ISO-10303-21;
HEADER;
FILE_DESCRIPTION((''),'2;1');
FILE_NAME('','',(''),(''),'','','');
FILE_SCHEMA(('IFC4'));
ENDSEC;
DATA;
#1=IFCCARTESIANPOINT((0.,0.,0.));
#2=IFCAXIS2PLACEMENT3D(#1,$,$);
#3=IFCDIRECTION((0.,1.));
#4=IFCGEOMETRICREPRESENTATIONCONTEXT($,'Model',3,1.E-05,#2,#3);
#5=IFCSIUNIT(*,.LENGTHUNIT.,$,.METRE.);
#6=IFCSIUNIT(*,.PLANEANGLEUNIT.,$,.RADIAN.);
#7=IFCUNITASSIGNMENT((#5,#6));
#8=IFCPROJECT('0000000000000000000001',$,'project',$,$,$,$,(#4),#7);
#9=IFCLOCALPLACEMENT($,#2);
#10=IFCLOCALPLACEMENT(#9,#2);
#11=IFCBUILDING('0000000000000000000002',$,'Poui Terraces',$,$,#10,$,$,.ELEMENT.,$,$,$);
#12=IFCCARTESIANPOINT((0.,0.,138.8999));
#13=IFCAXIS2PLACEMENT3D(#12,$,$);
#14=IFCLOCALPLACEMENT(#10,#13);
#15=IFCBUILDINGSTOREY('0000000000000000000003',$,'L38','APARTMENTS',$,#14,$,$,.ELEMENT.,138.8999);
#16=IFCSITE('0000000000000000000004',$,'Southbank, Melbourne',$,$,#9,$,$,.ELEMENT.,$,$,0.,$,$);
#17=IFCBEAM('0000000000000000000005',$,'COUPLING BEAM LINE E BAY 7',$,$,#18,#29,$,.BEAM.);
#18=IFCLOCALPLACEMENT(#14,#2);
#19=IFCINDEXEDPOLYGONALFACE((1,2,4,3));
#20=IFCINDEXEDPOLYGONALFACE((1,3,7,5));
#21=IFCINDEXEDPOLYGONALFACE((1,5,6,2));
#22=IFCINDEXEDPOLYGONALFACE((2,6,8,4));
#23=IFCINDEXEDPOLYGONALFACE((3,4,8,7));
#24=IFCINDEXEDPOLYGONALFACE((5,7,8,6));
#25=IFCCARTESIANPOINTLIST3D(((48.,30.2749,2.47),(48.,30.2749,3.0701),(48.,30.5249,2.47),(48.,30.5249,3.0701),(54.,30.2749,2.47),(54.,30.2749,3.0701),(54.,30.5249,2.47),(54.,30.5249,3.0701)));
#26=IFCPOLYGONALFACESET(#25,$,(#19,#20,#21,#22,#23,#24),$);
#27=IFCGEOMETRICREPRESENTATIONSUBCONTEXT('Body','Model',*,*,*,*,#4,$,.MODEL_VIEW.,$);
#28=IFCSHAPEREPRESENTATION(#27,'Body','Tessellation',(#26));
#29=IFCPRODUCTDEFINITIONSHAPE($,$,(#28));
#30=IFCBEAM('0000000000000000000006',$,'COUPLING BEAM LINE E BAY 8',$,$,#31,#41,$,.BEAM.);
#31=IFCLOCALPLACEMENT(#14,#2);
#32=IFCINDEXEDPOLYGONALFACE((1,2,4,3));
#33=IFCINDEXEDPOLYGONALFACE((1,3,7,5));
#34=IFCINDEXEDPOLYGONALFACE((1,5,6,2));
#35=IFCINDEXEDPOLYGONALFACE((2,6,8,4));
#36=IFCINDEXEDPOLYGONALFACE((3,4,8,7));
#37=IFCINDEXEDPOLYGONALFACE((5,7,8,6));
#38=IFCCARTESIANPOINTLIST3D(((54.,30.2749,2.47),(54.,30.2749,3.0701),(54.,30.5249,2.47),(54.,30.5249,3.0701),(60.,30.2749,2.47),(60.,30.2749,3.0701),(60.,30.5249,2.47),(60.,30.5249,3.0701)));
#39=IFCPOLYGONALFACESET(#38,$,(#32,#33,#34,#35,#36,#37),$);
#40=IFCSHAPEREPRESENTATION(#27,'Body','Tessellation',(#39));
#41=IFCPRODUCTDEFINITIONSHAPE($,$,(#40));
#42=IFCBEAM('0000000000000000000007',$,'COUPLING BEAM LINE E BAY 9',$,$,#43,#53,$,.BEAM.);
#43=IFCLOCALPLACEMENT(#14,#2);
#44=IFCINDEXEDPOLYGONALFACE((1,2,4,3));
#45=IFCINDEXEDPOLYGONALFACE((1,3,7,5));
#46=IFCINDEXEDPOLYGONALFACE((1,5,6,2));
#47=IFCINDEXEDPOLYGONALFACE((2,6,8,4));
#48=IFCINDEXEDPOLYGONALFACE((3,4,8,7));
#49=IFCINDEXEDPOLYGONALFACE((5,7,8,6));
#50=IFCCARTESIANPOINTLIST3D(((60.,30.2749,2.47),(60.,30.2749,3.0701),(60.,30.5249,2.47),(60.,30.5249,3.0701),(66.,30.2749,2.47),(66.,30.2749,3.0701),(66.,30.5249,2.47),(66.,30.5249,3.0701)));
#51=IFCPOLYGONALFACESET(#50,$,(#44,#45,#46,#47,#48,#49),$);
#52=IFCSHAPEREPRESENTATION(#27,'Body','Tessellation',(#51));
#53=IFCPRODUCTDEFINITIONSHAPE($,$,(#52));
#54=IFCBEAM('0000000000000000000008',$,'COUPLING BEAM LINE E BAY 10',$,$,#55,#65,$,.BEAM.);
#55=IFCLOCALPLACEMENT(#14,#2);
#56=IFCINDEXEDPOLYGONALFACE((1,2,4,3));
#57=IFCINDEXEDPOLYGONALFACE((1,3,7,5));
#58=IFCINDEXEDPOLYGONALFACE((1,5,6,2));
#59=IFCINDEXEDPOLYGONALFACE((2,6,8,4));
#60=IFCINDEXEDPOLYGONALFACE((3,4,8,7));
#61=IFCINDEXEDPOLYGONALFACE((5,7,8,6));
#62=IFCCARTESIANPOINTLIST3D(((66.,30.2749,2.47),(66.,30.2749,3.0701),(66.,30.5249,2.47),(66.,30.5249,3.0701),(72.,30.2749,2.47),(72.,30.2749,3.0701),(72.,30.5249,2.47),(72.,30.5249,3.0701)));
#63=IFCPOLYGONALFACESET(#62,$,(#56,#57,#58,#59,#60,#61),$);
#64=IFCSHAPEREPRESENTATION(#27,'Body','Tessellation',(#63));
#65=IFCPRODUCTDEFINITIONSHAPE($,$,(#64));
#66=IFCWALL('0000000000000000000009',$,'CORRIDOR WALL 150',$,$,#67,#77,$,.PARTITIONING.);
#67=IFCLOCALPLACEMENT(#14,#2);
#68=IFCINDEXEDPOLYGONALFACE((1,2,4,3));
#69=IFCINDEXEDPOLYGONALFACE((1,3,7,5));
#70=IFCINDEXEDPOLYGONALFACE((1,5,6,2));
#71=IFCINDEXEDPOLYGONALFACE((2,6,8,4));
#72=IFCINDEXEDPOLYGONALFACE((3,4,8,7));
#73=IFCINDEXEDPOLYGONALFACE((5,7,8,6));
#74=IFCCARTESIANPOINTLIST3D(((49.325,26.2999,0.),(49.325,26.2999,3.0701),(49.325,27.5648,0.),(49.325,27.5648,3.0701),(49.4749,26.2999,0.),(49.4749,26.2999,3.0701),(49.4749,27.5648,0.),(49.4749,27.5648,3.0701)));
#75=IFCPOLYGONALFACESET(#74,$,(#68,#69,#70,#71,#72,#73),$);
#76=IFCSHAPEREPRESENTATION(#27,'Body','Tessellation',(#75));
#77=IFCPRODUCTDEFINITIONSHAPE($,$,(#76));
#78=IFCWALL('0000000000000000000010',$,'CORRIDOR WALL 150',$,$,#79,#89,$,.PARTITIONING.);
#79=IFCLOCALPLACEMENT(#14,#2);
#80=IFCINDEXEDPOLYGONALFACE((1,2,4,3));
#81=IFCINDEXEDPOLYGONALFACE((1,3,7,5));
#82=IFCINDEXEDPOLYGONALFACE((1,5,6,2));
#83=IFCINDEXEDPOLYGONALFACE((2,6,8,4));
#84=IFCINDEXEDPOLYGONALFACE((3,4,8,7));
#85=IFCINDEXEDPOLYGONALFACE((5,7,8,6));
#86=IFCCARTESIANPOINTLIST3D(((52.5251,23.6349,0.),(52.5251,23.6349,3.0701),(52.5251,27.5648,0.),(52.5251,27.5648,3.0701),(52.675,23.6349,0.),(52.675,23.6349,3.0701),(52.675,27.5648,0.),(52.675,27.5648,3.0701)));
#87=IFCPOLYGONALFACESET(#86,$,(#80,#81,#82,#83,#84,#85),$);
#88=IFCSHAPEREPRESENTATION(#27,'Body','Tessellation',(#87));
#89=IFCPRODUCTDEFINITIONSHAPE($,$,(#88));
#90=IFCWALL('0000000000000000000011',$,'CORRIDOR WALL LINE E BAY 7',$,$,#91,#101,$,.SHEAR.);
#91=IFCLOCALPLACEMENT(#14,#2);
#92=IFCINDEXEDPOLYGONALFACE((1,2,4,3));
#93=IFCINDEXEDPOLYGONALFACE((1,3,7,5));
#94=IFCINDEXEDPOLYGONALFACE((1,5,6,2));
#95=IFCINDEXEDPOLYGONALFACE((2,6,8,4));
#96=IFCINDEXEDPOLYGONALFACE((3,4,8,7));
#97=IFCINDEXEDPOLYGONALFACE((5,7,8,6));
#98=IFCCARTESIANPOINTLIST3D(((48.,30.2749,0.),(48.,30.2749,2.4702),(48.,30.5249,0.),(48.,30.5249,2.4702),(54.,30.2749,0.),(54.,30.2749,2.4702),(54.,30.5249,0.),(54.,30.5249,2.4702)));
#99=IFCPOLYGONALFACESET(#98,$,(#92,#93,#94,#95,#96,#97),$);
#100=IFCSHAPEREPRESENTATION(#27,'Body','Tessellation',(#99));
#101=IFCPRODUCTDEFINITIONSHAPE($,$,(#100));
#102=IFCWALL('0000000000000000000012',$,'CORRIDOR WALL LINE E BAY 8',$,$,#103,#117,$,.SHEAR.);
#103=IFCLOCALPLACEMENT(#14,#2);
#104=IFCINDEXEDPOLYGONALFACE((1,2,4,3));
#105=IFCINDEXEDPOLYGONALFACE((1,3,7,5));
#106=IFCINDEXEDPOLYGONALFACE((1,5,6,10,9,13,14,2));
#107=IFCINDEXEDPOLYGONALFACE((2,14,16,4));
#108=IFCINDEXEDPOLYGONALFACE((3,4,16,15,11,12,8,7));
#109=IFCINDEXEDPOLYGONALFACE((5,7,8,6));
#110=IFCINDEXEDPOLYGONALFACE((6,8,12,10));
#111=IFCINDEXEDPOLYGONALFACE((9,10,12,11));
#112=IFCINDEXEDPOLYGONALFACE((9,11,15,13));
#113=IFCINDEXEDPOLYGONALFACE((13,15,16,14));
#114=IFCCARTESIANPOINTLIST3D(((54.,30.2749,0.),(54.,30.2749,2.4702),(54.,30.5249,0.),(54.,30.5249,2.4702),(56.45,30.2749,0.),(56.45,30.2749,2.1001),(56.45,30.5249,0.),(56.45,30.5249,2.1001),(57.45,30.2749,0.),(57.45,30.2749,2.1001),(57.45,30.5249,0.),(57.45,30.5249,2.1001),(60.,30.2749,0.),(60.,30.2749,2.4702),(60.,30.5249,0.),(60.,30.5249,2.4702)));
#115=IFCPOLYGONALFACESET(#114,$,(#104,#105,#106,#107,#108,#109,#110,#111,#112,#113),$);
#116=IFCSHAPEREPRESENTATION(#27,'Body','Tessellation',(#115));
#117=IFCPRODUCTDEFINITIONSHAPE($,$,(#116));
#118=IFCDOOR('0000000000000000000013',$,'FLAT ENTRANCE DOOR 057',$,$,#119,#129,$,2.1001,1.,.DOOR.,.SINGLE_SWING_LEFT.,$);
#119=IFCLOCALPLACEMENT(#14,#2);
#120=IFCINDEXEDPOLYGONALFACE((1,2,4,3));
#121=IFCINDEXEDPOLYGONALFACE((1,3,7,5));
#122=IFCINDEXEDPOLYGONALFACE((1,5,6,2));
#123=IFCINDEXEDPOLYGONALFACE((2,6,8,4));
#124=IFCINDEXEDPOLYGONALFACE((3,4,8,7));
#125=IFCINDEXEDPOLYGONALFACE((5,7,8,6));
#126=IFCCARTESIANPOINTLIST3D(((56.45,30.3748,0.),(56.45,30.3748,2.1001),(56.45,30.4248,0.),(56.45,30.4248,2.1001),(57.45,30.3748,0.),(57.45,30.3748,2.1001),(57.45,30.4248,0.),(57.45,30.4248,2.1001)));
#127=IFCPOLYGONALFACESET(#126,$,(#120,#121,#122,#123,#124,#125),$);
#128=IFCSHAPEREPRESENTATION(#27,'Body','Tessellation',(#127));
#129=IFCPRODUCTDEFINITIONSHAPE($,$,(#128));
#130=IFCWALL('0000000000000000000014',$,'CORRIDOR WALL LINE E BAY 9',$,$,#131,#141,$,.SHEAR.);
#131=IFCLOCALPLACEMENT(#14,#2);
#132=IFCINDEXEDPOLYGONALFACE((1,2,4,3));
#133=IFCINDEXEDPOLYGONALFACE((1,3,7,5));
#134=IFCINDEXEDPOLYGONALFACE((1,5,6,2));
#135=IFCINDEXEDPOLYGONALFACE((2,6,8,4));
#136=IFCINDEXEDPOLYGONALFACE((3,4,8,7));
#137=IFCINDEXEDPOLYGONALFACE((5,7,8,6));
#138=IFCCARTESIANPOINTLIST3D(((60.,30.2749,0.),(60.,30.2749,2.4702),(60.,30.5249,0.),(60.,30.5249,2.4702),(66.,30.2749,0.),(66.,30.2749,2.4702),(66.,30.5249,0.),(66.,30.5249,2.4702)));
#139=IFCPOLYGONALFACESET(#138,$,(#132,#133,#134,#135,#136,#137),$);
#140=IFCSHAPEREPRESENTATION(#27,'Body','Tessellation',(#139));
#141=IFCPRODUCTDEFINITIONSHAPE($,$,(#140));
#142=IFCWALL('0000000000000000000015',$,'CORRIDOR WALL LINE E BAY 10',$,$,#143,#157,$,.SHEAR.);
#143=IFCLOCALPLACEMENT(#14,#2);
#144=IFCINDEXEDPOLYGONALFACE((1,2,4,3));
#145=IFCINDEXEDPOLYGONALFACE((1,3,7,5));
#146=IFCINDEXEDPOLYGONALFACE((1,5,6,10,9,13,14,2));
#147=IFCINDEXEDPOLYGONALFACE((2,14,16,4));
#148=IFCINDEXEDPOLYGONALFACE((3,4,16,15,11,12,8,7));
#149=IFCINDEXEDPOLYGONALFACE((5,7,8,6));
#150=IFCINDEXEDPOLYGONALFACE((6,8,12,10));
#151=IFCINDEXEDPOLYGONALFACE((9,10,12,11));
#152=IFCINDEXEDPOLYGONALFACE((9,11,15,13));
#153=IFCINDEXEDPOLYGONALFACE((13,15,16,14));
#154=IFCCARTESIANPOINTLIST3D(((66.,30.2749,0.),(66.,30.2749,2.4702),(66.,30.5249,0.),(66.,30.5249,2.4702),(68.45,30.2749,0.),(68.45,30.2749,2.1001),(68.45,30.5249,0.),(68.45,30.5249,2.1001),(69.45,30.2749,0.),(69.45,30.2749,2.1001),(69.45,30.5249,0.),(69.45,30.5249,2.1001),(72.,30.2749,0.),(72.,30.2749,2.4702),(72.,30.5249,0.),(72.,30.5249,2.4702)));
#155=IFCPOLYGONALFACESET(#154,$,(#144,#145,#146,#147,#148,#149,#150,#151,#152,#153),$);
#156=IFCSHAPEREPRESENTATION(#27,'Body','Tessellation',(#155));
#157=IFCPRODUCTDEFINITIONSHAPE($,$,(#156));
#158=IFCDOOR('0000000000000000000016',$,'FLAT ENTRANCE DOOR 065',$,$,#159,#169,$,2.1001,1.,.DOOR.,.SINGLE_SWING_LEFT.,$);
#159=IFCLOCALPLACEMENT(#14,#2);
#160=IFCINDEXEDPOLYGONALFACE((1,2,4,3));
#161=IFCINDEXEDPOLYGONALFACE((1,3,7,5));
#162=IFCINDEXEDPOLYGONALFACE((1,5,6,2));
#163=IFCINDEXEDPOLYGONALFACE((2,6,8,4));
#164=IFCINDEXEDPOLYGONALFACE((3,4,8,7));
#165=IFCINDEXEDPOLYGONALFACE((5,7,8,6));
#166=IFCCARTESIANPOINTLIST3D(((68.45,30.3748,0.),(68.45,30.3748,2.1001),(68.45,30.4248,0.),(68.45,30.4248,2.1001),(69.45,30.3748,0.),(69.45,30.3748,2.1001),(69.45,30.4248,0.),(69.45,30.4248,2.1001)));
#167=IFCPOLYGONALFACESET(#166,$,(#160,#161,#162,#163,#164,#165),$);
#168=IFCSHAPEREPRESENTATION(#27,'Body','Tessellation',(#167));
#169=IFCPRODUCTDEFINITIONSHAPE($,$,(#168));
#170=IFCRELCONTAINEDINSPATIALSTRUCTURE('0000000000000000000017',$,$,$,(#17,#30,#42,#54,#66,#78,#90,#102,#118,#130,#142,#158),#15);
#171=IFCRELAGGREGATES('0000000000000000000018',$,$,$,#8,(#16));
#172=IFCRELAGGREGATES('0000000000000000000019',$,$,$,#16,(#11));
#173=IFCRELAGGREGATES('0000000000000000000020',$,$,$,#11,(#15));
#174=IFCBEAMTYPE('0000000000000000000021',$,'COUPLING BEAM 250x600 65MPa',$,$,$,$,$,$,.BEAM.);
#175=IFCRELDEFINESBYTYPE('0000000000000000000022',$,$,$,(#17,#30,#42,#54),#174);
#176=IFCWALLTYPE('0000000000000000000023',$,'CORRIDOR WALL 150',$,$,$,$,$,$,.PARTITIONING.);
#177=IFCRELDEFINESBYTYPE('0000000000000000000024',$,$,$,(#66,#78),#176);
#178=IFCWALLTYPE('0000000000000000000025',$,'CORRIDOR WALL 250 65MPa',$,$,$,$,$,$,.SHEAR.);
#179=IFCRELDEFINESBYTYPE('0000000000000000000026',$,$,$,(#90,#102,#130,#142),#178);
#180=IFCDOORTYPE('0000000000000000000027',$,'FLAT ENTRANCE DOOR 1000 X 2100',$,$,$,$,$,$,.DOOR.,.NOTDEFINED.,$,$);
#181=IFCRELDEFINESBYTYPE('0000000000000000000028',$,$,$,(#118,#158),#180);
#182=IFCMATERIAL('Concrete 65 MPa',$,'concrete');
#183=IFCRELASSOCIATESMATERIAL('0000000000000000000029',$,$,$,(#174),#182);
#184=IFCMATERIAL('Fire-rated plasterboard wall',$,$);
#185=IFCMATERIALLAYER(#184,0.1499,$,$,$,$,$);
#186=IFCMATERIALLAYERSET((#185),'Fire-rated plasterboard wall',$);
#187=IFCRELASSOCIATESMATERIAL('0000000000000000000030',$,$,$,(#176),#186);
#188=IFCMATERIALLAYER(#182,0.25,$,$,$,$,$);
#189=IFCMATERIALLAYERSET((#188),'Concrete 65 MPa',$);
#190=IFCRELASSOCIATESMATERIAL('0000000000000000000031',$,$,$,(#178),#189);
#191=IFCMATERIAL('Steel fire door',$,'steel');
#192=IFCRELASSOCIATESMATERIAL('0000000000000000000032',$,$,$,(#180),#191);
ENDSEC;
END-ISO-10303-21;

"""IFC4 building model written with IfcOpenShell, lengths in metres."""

from ifc_helpers import new_model, si_unit, direction, frame, frame_2d, origin, origin_2d, place, context, subcontext, project, spatial, rectangle, extrude, source, transform, mapped, material, layer, layer_set, material_profile, profile_set, type_object, element, fill, save


model = new_model("IFC4")

# Units and contexts
model_context = context("Model", 3, precision=1e-05, world=origin(), true_north=direction((0.0, 1.0)))
body_context = subcontext(model_context, "Body", "Model", "MODEL_VIEW")
ifc_project = project(units=[si_unit("LENGTHUNIT", "METRE"), si_unit("PLANEANGLEUNIT", "RADIAN")], contexts=[model_context])

# Site, building, storey
site_placement = place(None, origin())
site = spatial("IfcSite", under=ifc_project, at=site_placement, Name="Southbank, Melbourne", CompositionType="ELEMENT", RefElevation=0.0)
building_placement = place(site_placement, origin())
building = spatial("IfcBuilding", under=site, at=building_placement, Name="Poui Terraces", CompositionType="ELEMENT")
storey_placement = place(building_placement, frame((0.0, 0.0, 138.8999)))
storey = spatial("IfcBuildingStorey", under=building, at=storey_placement, Name="L38", Description="APARTMENTS", CompositionType="ELEMENT", Elevation=138.8999)

# Beams
ifc_material_1 = material(Name="Concrete 65 MPa", Category="concrete")
ifc_material_profile = material_profile(ifc_material_1, rectangle(XDim=0.25, YDim=0.6001, at=origin_2d()), Name="RC 250x600")
ifc_profile_set = profile_set([ifc_material_profile], Name="Concrete 65 MPa")
beam_type = type_object("IfcBeamType", Name="COUPLING BEAM 250x600 65MPa", PredefinedType="BEAM", material=ifc_profile_set)
shared_shape = source(origin(), body_context, "Body", "SweptSolid", [
    extrude(rectangle(XDim=0.25, YDim=0.6001, at=origin_2d()), origin(), (0.0, 0.0, 1.0), 6.0),
])
for number, where, z_axis, x_axis, name in (
    (1, (48.0, 30.3999, 2.77), (1.0, 0.0, 0.0), (0.0, 1.0, 0.0), "COUPLING BEAM LINE E BAY 7"),
    (2, (54.0, 30.3999, 2.77), (1.0, 0.0, 0.0), (0.0, 1.0, 0.0), "COUPLING BEAM LINE E BAY 8"),
    (3, (60.0, 30.3999, 2.77), (1.0, 0.0, 0.0), (0.0, 1.0, 0.0), "COUPLING BEAM LINE E BAY 9"),
    (4, (66.0, 30.3999, 2.77), (1.0, 0.0, 0.0), (0.0, 1.0, 0.0), "COUPLING BEAM LINE E BAY 10"),
):
    element("IfcBeam", number, at=place(storey_placement, frame(where, z_axis=z_axis, x_axis=x_axis)), inside=storey, type_object=beam_type, Name=name, PredefinedType="BEAM", context=body_context, shape_type="MappedRepresentation", body=[
        mapped(shared_shape, transform((0.0, 0.0, 0.0))),
    ])

# Walls
ifc_material_2 = material(Name="Fire-rated plasterboard wall")
ifc_layer_1 = layer(ifc_material_2, 0.1499)
ifc_layer_set_1 = layer_set([ifc_layer_1], Name="Fire-rated plasterboard wall")
wall_type_1 = type_object("IfcWallType", Name="CORRIDOR WALL 150", PredefinedType="PARTITIONING", material=ifc_layer_set_1)
wall_1_placement = place(storey_placement, frame((49.3999, 26.3, 0.0), z_axis=(0.0, 0.0, 1.0), x_axis=(0.0, 1.0, 0.0)))
element("IfcWall", 5, at=wall_1_placement, inside=storey, type_object=wall_type_1, Name="CORRIDOR WALL 150", PredefinedType="PARTITIONING", context=body_context, shape_type="SweptSolid", body=[
    extrude(rectangle(XDim=1.2649, YDim=0.1499, at=frame_2d((0.6323, 0.0))), origin(), (0.0, 0.0, 1.0), 3.0701),
])
wall_2_placement = place(storey_placement, frame((52.6001, 23.635, 0.0), z_axis=(0.0, 0.0, 1.0), x_axis=(0.0, 1.0, 0.0)))
element("IfcWall", 6, at=wall_2_placement, inside=storey, type_object=wall_type_1, Name="CORRIDOR WALL 150", PredefinedType="PARTITIONING", context=body_context, shape_type="SweptSolid", body=[
    extrude(rectangle(XDim=3.9299, YDim=0.1499, at=frame_2d((1.9648, 0.0))), origin(), (0.0, 0.0, 1.0), 3.0701),
])
ifc_layer_2 = layer(ifc_material_1, 0.25)
ifc_layer_set_2 = layer_set([ifc_layer_2], Name="Concrete 65 MPa")
wall_type_2 = type_object("IfcWallType", Name="CORRIDOR WALL 250 65MPa", PredefinedType="SHEAR", material=ifc_layer_set_2)
wall_3_placement = place(storey_placement, frame((48.0, 30.3999, 0.0), z_axis=(0.0, 0.0, 1.0), x_axis=(1.0, 0.0, 0.0)))
element("IfcWall", 7, at=wall_3_placement, inside=storey, type_object=wall_type_2, Name="CORRIDOR WALL LINE E BAY 7", PredefinedType="SHEAR", context=body_context, shape_type="SweptSolid", body=[
    extrude(rectangle(XDim=6.0, YDim=0.25, at=frame_2d((3.0, 0.0))), origin(), (0.0, 0.0, 1.0), 2.4702),
])

# Wall, opening, door
wall_4_placement = place(storey_placement, frame((54.0, 30.3999, 0.0), z_axis=(0.0, 0.0, 1.0), x_axis=(1.0, 0.0, 0.0)))
wall_4 = element("IfcWall", 8, at=wall_4_placement, inside=storey, type_object=wall_type_2, Name="CORRIDOR WALL LINE E BAY 8", PredefinedType="SHEAR", context=body_context, shape_type="SweptSolid", body=[
    extrude(rectangle(XDim=6.0, YDim=0.25, at=frame_2d((3.0, 0.0))), origin(), (0.0, 0.0, 1.0), 2.4702),
])
opening_1_placement = place(wall_4_placement, frame((2.45, 0.0, 0.0)))
opening_1 = element("IfcOpeningElement", 9, at=opening_1_placement, cuts=wall_4, PredefinedType="OPENING", context=body_context, shape_type="SweptSolid", body=[
    extrude(rectangle(XDim=1.0, YDim=2.1001, at=frame_2d((0.5, 1.05))), frame((0.0, 0.135, 0.0), z_axis=(0.0, -1.0, 0.0), x_axis=(1.0, 0.0, 0.0)), (0.0, 0.0, 1.0), 0.27),
])
ifc_material_3 = material(Name="Steel fire door", Category="steel")
door_type_1 = type_object("IfcDoorType", Name="FLAT ENTRANCE DOOR 1000 X 2100", OperationType="NOTDEFINED", PredefinedType="DOOR", material=ifc_material_3)
door_1_placement = place(opening_1_placement, origin())
door_1 = element("IfcDoor", 10, at=door_1_placement, inside=storey, type_object=door_type_1, Name="FLAT ENTRANCE DOOR 057", OperationType="SINGLE_SWING_LEFT", OverallHeight=2.1001, OverallWidth=1.0, PredefinedType="DOOR", context=body_context, shape_type="SweptSolid", body=[
    extrude(rectangle(XDim=1.0, YDim=2.1001, at=frame_2d((0.5, 1.05))), frame((0.0, 0.0249, 0.0), z_axis=(0.0, -1.0, 0.0), x_axis=(1.0, 0.0, 0.0)), (0.0, 0.0, 1.0), 0.05),
])
fill(opening_1, door_1)

# Wall
wall_5_placement = place(storey_placement, frame((60.0, 30.3999, 0.0), z_axis=(0.0, 0.0, 1.0), x_axis=(1.0, 0.0, 0.0)))
element("IfcWall", 11, at=wall_5_placement, inside=storey, type_object=wall_type_2, Name="CORRIDOR WALL LINE E BAY 9", PredefinedType="SHEAR", context=body_context, shape_type="SweptSolid", body=[
    extrude(rectangle(XDim=6.0, YDim=0.25, at=frame_2d((3.0, 0.0))), origin(), (0.0, 0.0, 1.0), 2.4702),
])

# Wall, opening, door
wall_6_placement = place(storey_placement, frame((66.0, 30.3999, 0.0), z_axis=(0.0, 0.0, 1.0), x_axis=(1.0, 0.0, 0.0)))
wall_6 = element("IfcWall", 12, at=wall_6_placement, inside=storey, type_object=wall_type_2, Name="CORRIDOR WALL LINE E BAY 10", PredefinedType="SHEAR", context=body_context, shape_type="SweptSolid", body=[
    extrude(rectangle(XDim=6.0, YDim=0.25, at=frame_2d((3.0, 0.0))), origin(), (0.0, 0.0, 1.0), 2.4702),
])
opening_2_placement = place(wall_6_placement, frame((2.45, 0.0, 0.0)))
opening_2 = element("IfcOpeningElement", 13, at=opening_2_placement, cuts=wall_6, PredefinedType="OPENING", context=body_context, shape_type="SweptSolid", body=[
    extrude(rectangle(XDim=1.0, YDim=2.1001, at=frame_2d((0.5, 1.05))), frame((0.0, 0.135, 0.0), z_axis=(0.0, -1.0, 0.0), x_axis=(1.0, 0.0, 0.0)), (0.0, 0.0, 1.0), 0.27),
])
door_2_placement = place(opening_2_placement, origin())
door_2 = element("IfcDoor", 14, at=door_2_placement, inside=storey, type_object=door_type_1, Name="FLAT ENTRANCE DOOR 065", OperationType="SINGLE_SWING_LEFT", OverallHeight=2.1001, OverallWidth=1.0, PredefinedType="DOOR", context=body_context, shape_type="SweptSolid", body=[
    extrude(rectangle(XDim=1.0, YDim=2.1001, at=frame_2d((0.5, 1.05))), frame((0.0, 0.0249, 0.0), z_axis=(0.0, -1.0, 0.0), x_axis=(1.0, 0.0, 0.0)), (0.0, 0.0, 1.0), 0.05),
])
fill(opening_2, door_2)

save(model, "model.ifc")
